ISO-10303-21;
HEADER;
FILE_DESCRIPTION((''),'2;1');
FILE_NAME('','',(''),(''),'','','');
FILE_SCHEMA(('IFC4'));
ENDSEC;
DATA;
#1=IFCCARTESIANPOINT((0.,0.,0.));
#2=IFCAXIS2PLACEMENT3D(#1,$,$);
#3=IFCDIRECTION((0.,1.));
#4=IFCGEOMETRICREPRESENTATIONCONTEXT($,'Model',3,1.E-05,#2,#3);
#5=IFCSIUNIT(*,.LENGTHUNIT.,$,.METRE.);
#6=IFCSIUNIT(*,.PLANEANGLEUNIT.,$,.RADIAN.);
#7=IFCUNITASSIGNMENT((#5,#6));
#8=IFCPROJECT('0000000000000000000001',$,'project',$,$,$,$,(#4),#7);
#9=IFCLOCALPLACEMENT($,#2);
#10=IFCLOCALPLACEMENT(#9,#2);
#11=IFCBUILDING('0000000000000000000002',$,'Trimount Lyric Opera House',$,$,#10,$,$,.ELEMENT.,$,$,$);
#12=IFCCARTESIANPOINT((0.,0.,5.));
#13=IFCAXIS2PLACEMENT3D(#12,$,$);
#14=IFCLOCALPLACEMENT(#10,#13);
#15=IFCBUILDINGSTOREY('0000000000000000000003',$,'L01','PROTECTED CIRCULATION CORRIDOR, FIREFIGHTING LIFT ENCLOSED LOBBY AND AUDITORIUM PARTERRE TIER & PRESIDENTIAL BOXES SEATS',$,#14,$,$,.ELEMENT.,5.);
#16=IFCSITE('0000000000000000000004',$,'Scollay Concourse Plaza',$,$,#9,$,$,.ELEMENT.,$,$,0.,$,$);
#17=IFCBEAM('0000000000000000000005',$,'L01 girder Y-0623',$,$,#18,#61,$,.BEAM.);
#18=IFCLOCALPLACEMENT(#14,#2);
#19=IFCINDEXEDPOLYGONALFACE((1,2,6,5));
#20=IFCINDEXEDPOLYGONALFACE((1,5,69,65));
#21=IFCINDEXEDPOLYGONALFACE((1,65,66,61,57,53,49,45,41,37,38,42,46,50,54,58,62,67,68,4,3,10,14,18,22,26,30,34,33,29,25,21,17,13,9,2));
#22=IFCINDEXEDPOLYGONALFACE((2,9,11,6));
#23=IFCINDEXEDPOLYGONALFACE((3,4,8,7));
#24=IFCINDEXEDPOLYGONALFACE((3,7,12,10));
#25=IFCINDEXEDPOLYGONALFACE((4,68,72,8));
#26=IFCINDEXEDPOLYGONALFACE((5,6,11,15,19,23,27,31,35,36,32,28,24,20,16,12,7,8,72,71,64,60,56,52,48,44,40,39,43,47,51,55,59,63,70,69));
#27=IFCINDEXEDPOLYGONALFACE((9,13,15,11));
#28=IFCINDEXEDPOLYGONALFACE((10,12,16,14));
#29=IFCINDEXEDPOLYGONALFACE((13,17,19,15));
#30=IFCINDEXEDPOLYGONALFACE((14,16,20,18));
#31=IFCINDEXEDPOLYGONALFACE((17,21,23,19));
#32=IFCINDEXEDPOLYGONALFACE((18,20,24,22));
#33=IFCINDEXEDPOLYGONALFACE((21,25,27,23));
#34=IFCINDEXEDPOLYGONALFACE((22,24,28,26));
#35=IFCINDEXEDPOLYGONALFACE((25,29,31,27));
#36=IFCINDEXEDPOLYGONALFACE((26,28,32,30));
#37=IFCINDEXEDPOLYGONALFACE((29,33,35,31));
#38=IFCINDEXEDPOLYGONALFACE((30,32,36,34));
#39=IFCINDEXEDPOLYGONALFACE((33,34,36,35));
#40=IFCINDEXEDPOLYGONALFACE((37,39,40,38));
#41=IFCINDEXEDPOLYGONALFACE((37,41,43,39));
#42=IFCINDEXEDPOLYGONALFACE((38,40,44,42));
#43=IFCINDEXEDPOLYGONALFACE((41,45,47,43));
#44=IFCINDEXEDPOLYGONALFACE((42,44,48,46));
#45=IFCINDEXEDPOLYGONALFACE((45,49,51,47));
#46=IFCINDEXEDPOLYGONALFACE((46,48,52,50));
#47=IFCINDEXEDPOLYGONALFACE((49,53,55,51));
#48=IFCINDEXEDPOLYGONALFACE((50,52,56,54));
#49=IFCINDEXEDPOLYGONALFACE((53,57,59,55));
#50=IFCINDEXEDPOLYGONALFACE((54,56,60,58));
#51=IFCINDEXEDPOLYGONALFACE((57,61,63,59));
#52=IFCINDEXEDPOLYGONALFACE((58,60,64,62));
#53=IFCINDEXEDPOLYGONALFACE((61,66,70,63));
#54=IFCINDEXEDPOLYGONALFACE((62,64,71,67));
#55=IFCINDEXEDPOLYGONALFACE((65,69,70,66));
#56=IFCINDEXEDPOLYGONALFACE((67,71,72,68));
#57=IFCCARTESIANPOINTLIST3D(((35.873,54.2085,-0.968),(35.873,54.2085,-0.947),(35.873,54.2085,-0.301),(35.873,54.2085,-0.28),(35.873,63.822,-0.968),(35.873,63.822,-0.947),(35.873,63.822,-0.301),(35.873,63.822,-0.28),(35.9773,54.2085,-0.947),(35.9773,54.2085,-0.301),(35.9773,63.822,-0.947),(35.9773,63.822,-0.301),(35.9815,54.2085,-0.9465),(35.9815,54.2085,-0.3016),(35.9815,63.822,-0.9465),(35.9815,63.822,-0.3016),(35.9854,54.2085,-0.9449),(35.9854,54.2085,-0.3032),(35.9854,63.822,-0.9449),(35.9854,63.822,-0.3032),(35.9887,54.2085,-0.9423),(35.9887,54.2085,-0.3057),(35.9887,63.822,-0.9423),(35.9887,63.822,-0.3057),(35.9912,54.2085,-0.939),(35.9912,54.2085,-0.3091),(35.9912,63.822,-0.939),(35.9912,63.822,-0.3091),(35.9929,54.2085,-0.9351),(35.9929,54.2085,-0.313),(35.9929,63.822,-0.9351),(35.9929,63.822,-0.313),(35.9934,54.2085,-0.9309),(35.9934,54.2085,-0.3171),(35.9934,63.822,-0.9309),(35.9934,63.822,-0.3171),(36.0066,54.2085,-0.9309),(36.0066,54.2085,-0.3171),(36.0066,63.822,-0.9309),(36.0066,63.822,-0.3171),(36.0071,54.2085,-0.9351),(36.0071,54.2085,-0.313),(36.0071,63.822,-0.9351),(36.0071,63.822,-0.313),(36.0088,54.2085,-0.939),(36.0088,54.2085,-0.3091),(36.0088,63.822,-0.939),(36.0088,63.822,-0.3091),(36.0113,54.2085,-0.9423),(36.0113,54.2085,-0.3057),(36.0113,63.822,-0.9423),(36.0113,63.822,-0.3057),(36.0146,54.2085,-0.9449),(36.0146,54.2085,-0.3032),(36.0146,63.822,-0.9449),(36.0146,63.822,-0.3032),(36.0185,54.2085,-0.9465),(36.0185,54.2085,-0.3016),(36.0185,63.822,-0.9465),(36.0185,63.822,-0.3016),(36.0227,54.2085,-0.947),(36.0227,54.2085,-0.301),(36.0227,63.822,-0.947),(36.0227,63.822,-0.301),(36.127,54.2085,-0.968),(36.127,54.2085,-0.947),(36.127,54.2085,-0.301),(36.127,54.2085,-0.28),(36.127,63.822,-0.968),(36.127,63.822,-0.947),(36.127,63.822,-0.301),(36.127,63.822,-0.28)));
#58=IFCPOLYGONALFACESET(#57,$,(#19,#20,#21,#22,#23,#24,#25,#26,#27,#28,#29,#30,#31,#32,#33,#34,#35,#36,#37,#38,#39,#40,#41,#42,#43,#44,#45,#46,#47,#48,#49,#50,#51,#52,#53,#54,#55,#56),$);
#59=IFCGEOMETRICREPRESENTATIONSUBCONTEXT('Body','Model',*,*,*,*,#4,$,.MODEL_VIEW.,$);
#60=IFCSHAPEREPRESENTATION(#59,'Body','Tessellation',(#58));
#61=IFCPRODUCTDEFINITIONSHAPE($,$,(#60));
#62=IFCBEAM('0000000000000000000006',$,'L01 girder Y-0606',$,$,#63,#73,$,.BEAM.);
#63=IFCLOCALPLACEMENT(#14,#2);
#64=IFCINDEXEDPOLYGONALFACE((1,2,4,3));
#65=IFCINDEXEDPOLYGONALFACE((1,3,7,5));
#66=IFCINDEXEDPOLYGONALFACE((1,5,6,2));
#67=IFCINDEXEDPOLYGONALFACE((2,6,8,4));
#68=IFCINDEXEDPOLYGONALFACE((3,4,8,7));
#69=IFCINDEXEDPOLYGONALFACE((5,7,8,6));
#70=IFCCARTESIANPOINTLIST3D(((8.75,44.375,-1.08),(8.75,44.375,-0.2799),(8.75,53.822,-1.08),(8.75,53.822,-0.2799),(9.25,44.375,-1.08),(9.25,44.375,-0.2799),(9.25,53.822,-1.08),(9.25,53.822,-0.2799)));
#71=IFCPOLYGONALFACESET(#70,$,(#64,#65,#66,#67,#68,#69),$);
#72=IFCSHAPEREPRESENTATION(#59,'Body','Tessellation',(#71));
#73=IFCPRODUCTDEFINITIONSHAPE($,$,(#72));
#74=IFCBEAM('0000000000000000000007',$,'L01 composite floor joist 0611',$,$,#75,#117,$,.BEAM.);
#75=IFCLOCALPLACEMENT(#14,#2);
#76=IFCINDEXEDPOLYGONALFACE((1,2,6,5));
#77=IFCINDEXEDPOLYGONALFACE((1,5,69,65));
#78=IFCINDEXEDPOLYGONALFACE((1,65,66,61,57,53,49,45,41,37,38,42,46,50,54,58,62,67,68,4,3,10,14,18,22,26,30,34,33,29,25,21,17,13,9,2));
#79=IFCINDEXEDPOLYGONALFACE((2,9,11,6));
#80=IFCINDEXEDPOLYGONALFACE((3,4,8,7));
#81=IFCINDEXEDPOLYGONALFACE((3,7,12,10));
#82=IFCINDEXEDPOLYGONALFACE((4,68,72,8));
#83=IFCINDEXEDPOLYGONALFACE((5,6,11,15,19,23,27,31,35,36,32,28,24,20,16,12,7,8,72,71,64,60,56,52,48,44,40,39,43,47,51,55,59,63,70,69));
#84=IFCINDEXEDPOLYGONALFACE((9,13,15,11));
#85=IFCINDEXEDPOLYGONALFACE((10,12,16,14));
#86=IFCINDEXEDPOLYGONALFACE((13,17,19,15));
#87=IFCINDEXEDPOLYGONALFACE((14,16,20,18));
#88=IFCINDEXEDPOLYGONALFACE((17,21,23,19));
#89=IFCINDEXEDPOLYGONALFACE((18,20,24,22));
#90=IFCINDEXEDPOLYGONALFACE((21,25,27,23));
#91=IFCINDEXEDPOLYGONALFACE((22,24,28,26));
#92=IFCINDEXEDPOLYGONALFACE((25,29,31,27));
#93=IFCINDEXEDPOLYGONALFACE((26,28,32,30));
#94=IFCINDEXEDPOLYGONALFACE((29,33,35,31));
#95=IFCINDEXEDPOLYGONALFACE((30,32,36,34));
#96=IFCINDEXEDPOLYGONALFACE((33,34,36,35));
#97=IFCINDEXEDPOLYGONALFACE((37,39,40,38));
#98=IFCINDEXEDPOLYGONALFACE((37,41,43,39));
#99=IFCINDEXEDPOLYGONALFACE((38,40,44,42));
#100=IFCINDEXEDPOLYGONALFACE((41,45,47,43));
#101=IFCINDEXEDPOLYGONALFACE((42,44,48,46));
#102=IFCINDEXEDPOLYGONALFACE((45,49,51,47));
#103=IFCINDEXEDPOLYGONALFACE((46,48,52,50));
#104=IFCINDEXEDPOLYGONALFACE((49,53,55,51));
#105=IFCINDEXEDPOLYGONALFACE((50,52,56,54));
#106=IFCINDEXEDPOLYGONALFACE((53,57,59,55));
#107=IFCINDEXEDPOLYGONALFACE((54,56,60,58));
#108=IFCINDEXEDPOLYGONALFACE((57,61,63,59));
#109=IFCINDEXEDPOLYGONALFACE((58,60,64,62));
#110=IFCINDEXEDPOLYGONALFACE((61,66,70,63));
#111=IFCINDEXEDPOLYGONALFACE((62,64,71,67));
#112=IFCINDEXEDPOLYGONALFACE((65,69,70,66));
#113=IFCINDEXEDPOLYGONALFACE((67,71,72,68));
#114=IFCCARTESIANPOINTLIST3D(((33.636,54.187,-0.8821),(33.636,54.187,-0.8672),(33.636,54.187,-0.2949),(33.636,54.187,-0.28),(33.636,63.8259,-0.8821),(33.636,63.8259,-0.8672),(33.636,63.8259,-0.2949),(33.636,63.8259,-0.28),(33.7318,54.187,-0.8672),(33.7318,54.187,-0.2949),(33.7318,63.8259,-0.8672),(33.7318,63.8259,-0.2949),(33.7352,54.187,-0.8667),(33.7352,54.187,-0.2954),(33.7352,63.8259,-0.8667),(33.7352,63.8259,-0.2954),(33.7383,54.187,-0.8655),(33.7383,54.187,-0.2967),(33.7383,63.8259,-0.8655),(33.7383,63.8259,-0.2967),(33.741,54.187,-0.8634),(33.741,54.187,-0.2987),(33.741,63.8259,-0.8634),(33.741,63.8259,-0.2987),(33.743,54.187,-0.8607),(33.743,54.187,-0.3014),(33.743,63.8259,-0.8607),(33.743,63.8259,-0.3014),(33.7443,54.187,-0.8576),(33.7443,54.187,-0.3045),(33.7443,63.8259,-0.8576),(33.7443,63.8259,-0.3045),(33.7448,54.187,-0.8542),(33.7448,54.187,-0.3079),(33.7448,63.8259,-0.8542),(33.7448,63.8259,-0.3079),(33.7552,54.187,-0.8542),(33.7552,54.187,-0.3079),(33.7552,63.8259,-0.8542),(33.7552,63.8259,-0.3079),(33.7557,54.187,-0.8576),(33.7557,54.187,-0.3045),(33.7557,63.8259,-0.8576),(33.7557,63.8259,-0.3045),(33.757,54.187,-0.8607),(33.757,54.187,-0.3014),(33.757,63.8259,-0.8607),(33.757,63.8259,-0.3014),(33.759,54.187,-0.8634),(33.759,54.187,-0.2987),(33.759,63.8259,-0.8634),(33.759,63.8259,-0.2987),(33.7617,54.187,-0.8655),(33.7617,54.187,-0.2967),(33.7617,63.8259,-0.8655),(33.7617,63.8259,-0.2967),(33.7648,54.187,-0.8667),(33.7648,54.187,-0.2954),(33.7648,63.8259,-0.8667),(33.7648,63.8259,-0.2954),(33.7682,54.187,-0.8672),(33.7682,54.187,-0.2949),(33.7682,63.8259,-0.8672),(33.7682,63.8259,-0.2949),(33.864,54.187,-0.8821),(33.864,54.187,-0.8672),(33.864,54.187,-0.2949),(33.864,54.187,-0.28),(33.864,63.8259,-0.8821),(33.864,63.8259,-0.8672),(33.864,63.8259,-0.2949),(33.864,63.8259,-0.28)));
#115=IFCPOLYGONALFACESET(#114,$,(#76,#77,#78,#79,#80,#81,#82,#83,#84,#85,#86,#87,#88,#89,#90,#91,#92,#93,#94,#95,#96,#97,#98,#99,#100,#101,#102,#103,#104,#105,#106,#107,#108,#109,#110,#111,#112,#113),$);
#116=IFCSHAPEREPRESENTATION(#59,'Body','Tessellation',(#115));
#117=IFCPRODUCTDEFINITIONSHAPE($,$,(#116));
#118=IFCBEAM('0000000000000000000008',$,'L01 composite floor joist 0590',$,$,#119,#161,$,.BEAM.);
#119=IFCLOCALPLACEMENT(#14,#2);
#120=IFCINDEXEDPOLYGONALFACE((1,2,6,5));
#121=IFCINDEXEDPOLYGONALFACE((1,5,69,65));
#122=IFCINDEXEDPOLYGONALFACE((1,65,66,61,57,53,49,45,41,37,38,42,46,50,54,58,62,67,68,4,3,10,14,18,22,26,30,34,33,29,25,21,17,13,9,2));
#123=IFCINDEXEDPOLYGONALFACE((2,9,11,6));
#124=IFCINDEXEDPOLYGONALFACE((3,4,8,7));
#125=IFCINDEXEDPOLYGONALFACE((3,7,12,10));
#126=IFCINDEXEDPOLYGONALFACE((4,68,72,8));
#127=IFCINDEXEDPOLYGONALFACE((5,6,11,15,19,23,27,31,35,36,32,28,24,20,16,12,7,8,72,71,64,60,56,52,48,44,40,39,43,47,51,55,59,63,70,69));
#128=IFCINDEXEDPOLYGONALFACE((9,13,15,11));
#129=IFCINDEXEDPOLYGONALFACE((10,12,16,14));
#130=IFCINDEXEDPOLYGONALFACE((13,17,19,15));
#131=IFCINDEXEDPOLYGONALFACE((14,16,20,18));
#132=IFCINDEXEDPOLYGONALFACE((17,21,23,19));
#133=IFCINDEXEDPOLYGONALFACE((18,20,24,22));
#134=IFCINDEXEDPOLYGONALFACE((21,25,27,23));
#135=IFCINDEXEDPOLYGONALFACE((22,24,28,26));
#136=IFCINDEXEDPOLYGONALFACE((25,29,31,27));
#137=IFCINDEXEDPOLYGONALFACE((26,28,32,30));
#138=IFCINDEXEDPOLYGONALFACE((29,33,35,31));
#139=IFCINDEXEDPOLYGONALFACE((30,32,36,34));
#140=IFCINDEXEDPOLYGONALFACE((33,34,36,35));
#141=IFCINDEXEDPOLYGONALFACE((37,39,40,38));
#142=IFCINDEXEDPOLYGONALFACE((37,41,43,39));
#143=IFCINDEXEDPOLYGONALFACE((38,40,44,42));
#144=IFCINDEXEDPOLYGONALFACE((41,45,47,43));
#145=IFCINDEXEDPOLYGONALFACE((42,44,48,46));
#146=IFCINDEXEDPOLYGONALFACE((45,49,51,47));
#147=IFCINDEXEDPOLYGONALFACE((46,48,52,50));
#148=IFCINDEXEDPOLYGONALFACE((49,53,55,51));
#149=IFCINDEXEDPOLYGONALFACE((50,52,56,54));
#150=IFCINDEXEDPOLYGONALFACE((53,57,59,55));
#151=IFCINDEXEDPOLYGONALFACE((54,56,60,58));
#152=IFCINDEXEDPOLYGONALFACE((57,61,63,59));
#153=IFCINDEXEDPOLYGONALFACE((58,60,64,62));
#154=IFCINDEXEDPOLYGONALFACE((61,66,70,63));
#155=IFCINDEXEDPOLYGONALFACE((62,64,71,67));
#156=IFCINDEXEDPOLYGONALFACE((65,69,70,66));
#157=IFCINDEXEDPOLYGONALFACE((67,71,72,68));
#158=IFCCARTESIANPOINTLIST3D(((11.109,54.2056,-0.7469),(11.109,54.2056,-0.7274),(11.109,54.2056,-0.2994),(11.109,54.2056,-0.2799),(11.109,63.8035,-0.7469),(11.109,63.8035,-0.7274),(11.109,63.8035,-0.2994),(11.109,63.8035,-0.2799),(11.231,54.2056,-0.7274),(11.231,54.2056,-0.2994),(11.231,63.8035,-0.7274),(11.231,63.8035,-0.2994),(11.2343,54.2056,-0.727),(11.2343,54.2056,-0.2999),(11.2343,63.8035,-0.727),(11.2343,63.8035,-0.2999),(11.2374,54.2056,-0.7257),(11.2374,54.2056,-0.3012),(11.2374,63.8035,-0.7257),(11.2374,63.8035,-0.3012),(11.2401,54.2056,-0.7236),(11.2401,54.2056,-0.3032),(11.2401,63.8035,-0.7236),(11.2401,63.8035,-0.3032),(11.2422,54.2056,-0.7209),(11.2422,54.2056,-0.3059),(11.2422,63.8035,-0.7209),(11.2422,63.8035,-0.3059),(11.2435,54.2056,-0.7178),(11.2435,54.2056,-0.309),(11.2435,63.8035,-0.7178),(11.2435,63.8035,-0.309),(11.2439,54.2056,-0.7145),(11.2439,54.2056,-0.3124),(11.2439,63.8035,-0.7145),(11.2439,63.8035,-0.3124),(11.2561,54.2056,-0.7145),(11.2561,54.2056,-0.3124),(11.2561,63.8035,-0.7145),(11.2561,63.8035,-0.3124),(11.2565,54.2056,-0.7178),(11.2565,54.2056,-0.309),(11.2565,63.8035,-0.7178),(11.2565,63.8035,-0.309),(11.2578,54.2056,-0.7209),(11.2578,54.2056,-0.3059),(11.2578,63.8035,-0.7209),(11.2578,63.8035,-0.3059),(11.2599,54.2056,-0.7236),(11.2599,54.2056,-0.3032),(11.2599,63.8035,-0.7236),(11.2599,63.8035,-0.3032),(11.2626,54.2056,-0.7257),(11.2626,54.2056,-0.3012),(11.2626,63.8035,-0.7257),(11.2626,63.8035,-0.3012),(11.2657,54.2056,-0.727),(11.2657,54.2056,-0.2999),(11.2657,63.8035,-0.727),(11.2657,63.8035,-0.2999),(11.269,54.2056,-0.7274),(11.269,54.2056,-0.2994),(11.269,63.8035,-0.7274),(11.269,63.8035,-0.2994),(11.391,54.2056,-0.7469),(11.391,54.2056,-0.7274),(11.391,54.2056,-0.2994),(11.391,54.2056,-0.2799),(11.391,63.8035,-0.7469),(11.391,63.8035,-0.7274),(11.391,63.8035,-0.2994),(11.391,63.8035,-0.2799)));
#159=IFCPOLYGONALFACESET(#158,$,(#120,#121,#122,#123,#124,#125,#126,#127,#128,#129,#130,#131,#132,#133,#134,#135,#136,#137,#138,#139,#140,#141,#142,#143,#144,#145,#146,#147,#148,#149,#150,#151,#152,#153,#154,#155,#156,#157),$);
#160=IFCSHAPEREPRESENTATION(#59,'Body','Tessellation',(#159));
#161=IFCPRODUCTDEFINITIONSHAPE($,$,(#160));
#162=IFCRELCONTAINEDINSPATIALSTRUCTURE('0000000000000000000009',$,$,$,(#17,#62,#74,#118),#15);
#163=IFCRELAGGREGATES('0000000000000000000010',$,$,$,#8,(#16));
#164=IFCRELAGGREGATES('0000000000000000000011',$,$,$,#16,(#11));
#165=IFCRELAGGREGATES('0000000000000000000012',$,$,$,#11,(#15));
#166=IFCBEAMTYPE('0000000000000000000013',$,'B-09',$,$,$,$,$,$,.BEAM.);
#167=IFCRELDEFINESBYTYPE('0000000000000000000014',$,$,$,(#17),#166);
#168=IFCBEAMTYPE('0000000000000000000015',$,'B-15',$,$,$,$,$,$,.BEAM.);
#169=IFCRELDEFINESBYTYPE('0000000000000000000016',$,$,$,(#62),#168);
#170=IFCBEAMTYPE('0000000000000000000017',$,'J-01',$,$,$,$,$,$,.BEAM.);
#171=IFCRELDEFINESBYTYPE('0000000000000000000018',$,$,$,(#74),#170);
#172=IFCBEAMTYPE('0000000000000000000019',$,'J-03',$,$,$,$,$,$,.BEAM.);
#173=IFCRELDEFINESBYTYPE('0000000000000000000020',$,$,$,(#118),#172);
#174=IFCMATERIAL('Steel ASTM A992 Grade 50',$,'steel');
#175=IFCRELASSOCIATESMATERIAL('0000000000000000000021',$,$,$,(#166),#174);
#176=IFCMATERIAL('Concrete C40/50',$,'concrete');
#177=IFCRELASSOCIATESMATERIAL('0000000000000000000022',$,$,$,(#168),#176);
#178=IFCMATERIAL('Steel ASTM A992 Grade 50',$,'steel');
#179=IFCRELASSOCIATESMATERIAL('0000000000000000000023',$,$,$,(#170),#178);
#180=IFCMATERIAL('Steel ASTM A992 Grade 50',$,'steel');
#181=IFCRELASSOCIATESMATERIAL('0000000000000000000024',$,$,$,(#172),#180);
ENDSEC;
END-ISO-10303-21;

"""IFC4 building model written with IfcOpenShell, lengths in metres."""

from ifc_helpers import new_model, si_unit, direction, frame, origin, origin_2d, place, context, subcontext, project, spatial, rectangle, i_section, extrude, material, material_profile, profile_set, type_object, element, save


model = new_model("IFC4")

# Units and contexts
model_context = context("Model", 3, precision=1e-05, world=origin(), true_north=direction((0.0, 1.0)))
body_context = subcontext(model_context, "Body", "Model", "MODEL_VIEW")
ifc_project = project(units=[si_unit("LENGTHUNIT", "METRE"), si_unit("PLANEANGLEUNIT", "RADIAN")], contexts=[model_context])

# Site, building, storey
site_placement = place(None, origin())
site = spatial("IfcSite", under=ifc_project, at=site_placement, Name="Scollay Concourse Plaza", CompositionType="ELEMENT", RefElevation=0.0)
building_placement = place(site_placement, origin())
building = spatial("IfcBuilding", under=site, at=building_placement, Name="Trimount Lyric Opera House", CompositionType="ELEMENT")
storey_placement = place(building_placement, frame((0.0, 0.0, 5.0)))
storey = spatial("IfcBuildingStorey", under=building, at=storey_placement, Name="L01", Description="PROTECTED CIRCULATION CORRIDOR, FIREFIGHTING LIFT ENCLOSED LOBBY AND AUDITORIUM PARTERRE TIER & PRESIDENTIAL BOXES SEATS", CompositionType="ELEMENT", Elevation=5.0)

# Beams
ifc_material_1 = material(Name="Steel ASTM A992 Grade 50", Category="steel")
ifc_material_profile_1 = material_profile(ifc_material_1, i_section(OverallWidth=0.2539, OverallDepth=0.688, WebThickness=0.0132, FlangeThickness=0.021, FilletRadius=0.0161, at=origin_2d()), Name="W27X102")
ifc_profile_set_1 = profile_set([ifc_material_profile_1], Name="Steel ASTM A992 Grade 50")
beam_type_1 = type_object("IfcBeamType", Name="B-09", PredefinedType="BEAM", material=ifc_profile_set_1)
beam_1_placement = place(storey_placement, frame((36.0, 54.2085, -0.624), z_axis=(0.0, 1.0, 0.0), x_axis=(-1.0, 0.0, 0.0)))
element("IfcBeam", 1, at=beam_1_placement, inside=storey, type_object=beam_type_1, Name="L01 girder Y-0623", PredefinedType="BEAM", context=body_context, shape_type="SweptSolid", body=[
    extrude(i_section(OverallWidth=0.2539, OverallDepth=0.688, WebThickness=0.0132, FlangeThickness=0.021, FilletRadius=0.0161, at=origin_2d()), origin(), (0.0, 0.0, 1.0), 9.6135),
])
ifc_material_2 = material(Name="Concrete C40/50", Category="concrete")
ifc_material_profile_2 = material_profile(ifc_material_2, rectangle(XDim=0.5, YDim=0.8, at=origin_2d()), Name="RC500X800")
ifc_profile_set_2 = profile_set([ifc_material_profile_2], Name="Concrete C40/50")
beam_type_2 = type_object("IfcBeamType", Name="B-15", PredefinedType="BEAM", material=ifc_profile_set_2)
beam_2_placement = place(storey_placement, frame((9.0, 44.375, -0.6799), z_axis=(0.0, 1.0, 0.0), x_axis=(-1.0, 0.0, 0.0)))
element("IfcBeam", 2, at=beam_2_placement, inside=storey, type_object=beam_type_2, Name="L01 girder Y-0606", PredefinedType="BEAM", context=body_context, shape_type="SweptSolid", body=[
    extrude(rectangle(XDim=0.5, YDim=0.8, at=origin_2d()), origin(), (0.0, 0.0, 1.0), 9.447),
])
ifc_material_3 = material(Name="Steel ASTM A992 Grade 50", Category="steel")
ifc_material_profile_3 = material_profile(ifc_material_3, i_section(OverallWidth=0.228, OverallDepth=0.6021, WebThickness=0.0105, FlangeThickness=0.0149, FilletRadius=0.0129, at=origin_2d()), Name="W24X68")
ifc_profile_set_3 = profile_set([ifc_material_profile_3], Name="Steel ASTM A992 Grade 50")
beam_type_3 = type_object("IfcBeamType", Name="J-01", PredefinedType="BEAM", material=ifc_profile_set_3)
beam_3_placement = place(storey_placement, frame((33.75, 54.187, -0.5811), z_axis=(0.0, 1.0, 0.0), x_axis=(-1.0, 0.0, 0.0)))
element("IfcBeam", 3, at=beam_3_placement, inside=storey, type_object=beam_type_3, Name="L01 composite floor joist 0611", PredefinedType="BEAM", context=body_context, shape_type="SweptSolid", body=[
    extrude(i_section(OverallWidth=0.228, OverallDepth=0.6021, WebThickness=0.0105, FlangeThickness=0.0149, FilletRadius=0.0129, at=origin_2d()), origin(), (0.0, 0.0, 1.0), 9.6389),
])
ifc_material_4 = material(Name="Steel ASTM A992 Grade 50", Category="steel")
ifc_material_profile_4 = material_profile(ifc_material_4, i_section(OverallWidth=0.282, OverallDepth=0.467, WebThickness=0.0122, FlangeThickness=0.0195, FilletRadius=0.0129, at=origin_2d()), Name="W18X86")
ifc_profile_set_4 = profile_set([ifc_material_profile_4], Name="Steel ASTM A992 Grade 50")
beam_type_4 = type_object("IfcBeamType", Name="J-03", PredefinedType="BEAM", material=ifc_profile_set_4)
beam_4_placement = place(storey_placement, frame((11.25, 54.2056, -0.5134), z_axis=(0.0, 1.0, 0.0), x_axis=(-1.0, 0.0, 0.0)))
element("IfcBeam", 4, at=beam_4_placement, inside=storey, type_object=beam_type_4, Name="L01 composite floor joist 0590", PredefinedType="BEAM", context=body_context, shape_type="SweptSolid", body=[
    extrude(i_section(OverallWidth=0.282, OverallDepth=0.467, WebThickness=0.0122, FlangeThickness=0.0195, FilletRadius=0.0129, at=origin_2d()), origin(), (0.0, 0.0, 1.0), 9.5979),
])

save(model, "model.ifc")
